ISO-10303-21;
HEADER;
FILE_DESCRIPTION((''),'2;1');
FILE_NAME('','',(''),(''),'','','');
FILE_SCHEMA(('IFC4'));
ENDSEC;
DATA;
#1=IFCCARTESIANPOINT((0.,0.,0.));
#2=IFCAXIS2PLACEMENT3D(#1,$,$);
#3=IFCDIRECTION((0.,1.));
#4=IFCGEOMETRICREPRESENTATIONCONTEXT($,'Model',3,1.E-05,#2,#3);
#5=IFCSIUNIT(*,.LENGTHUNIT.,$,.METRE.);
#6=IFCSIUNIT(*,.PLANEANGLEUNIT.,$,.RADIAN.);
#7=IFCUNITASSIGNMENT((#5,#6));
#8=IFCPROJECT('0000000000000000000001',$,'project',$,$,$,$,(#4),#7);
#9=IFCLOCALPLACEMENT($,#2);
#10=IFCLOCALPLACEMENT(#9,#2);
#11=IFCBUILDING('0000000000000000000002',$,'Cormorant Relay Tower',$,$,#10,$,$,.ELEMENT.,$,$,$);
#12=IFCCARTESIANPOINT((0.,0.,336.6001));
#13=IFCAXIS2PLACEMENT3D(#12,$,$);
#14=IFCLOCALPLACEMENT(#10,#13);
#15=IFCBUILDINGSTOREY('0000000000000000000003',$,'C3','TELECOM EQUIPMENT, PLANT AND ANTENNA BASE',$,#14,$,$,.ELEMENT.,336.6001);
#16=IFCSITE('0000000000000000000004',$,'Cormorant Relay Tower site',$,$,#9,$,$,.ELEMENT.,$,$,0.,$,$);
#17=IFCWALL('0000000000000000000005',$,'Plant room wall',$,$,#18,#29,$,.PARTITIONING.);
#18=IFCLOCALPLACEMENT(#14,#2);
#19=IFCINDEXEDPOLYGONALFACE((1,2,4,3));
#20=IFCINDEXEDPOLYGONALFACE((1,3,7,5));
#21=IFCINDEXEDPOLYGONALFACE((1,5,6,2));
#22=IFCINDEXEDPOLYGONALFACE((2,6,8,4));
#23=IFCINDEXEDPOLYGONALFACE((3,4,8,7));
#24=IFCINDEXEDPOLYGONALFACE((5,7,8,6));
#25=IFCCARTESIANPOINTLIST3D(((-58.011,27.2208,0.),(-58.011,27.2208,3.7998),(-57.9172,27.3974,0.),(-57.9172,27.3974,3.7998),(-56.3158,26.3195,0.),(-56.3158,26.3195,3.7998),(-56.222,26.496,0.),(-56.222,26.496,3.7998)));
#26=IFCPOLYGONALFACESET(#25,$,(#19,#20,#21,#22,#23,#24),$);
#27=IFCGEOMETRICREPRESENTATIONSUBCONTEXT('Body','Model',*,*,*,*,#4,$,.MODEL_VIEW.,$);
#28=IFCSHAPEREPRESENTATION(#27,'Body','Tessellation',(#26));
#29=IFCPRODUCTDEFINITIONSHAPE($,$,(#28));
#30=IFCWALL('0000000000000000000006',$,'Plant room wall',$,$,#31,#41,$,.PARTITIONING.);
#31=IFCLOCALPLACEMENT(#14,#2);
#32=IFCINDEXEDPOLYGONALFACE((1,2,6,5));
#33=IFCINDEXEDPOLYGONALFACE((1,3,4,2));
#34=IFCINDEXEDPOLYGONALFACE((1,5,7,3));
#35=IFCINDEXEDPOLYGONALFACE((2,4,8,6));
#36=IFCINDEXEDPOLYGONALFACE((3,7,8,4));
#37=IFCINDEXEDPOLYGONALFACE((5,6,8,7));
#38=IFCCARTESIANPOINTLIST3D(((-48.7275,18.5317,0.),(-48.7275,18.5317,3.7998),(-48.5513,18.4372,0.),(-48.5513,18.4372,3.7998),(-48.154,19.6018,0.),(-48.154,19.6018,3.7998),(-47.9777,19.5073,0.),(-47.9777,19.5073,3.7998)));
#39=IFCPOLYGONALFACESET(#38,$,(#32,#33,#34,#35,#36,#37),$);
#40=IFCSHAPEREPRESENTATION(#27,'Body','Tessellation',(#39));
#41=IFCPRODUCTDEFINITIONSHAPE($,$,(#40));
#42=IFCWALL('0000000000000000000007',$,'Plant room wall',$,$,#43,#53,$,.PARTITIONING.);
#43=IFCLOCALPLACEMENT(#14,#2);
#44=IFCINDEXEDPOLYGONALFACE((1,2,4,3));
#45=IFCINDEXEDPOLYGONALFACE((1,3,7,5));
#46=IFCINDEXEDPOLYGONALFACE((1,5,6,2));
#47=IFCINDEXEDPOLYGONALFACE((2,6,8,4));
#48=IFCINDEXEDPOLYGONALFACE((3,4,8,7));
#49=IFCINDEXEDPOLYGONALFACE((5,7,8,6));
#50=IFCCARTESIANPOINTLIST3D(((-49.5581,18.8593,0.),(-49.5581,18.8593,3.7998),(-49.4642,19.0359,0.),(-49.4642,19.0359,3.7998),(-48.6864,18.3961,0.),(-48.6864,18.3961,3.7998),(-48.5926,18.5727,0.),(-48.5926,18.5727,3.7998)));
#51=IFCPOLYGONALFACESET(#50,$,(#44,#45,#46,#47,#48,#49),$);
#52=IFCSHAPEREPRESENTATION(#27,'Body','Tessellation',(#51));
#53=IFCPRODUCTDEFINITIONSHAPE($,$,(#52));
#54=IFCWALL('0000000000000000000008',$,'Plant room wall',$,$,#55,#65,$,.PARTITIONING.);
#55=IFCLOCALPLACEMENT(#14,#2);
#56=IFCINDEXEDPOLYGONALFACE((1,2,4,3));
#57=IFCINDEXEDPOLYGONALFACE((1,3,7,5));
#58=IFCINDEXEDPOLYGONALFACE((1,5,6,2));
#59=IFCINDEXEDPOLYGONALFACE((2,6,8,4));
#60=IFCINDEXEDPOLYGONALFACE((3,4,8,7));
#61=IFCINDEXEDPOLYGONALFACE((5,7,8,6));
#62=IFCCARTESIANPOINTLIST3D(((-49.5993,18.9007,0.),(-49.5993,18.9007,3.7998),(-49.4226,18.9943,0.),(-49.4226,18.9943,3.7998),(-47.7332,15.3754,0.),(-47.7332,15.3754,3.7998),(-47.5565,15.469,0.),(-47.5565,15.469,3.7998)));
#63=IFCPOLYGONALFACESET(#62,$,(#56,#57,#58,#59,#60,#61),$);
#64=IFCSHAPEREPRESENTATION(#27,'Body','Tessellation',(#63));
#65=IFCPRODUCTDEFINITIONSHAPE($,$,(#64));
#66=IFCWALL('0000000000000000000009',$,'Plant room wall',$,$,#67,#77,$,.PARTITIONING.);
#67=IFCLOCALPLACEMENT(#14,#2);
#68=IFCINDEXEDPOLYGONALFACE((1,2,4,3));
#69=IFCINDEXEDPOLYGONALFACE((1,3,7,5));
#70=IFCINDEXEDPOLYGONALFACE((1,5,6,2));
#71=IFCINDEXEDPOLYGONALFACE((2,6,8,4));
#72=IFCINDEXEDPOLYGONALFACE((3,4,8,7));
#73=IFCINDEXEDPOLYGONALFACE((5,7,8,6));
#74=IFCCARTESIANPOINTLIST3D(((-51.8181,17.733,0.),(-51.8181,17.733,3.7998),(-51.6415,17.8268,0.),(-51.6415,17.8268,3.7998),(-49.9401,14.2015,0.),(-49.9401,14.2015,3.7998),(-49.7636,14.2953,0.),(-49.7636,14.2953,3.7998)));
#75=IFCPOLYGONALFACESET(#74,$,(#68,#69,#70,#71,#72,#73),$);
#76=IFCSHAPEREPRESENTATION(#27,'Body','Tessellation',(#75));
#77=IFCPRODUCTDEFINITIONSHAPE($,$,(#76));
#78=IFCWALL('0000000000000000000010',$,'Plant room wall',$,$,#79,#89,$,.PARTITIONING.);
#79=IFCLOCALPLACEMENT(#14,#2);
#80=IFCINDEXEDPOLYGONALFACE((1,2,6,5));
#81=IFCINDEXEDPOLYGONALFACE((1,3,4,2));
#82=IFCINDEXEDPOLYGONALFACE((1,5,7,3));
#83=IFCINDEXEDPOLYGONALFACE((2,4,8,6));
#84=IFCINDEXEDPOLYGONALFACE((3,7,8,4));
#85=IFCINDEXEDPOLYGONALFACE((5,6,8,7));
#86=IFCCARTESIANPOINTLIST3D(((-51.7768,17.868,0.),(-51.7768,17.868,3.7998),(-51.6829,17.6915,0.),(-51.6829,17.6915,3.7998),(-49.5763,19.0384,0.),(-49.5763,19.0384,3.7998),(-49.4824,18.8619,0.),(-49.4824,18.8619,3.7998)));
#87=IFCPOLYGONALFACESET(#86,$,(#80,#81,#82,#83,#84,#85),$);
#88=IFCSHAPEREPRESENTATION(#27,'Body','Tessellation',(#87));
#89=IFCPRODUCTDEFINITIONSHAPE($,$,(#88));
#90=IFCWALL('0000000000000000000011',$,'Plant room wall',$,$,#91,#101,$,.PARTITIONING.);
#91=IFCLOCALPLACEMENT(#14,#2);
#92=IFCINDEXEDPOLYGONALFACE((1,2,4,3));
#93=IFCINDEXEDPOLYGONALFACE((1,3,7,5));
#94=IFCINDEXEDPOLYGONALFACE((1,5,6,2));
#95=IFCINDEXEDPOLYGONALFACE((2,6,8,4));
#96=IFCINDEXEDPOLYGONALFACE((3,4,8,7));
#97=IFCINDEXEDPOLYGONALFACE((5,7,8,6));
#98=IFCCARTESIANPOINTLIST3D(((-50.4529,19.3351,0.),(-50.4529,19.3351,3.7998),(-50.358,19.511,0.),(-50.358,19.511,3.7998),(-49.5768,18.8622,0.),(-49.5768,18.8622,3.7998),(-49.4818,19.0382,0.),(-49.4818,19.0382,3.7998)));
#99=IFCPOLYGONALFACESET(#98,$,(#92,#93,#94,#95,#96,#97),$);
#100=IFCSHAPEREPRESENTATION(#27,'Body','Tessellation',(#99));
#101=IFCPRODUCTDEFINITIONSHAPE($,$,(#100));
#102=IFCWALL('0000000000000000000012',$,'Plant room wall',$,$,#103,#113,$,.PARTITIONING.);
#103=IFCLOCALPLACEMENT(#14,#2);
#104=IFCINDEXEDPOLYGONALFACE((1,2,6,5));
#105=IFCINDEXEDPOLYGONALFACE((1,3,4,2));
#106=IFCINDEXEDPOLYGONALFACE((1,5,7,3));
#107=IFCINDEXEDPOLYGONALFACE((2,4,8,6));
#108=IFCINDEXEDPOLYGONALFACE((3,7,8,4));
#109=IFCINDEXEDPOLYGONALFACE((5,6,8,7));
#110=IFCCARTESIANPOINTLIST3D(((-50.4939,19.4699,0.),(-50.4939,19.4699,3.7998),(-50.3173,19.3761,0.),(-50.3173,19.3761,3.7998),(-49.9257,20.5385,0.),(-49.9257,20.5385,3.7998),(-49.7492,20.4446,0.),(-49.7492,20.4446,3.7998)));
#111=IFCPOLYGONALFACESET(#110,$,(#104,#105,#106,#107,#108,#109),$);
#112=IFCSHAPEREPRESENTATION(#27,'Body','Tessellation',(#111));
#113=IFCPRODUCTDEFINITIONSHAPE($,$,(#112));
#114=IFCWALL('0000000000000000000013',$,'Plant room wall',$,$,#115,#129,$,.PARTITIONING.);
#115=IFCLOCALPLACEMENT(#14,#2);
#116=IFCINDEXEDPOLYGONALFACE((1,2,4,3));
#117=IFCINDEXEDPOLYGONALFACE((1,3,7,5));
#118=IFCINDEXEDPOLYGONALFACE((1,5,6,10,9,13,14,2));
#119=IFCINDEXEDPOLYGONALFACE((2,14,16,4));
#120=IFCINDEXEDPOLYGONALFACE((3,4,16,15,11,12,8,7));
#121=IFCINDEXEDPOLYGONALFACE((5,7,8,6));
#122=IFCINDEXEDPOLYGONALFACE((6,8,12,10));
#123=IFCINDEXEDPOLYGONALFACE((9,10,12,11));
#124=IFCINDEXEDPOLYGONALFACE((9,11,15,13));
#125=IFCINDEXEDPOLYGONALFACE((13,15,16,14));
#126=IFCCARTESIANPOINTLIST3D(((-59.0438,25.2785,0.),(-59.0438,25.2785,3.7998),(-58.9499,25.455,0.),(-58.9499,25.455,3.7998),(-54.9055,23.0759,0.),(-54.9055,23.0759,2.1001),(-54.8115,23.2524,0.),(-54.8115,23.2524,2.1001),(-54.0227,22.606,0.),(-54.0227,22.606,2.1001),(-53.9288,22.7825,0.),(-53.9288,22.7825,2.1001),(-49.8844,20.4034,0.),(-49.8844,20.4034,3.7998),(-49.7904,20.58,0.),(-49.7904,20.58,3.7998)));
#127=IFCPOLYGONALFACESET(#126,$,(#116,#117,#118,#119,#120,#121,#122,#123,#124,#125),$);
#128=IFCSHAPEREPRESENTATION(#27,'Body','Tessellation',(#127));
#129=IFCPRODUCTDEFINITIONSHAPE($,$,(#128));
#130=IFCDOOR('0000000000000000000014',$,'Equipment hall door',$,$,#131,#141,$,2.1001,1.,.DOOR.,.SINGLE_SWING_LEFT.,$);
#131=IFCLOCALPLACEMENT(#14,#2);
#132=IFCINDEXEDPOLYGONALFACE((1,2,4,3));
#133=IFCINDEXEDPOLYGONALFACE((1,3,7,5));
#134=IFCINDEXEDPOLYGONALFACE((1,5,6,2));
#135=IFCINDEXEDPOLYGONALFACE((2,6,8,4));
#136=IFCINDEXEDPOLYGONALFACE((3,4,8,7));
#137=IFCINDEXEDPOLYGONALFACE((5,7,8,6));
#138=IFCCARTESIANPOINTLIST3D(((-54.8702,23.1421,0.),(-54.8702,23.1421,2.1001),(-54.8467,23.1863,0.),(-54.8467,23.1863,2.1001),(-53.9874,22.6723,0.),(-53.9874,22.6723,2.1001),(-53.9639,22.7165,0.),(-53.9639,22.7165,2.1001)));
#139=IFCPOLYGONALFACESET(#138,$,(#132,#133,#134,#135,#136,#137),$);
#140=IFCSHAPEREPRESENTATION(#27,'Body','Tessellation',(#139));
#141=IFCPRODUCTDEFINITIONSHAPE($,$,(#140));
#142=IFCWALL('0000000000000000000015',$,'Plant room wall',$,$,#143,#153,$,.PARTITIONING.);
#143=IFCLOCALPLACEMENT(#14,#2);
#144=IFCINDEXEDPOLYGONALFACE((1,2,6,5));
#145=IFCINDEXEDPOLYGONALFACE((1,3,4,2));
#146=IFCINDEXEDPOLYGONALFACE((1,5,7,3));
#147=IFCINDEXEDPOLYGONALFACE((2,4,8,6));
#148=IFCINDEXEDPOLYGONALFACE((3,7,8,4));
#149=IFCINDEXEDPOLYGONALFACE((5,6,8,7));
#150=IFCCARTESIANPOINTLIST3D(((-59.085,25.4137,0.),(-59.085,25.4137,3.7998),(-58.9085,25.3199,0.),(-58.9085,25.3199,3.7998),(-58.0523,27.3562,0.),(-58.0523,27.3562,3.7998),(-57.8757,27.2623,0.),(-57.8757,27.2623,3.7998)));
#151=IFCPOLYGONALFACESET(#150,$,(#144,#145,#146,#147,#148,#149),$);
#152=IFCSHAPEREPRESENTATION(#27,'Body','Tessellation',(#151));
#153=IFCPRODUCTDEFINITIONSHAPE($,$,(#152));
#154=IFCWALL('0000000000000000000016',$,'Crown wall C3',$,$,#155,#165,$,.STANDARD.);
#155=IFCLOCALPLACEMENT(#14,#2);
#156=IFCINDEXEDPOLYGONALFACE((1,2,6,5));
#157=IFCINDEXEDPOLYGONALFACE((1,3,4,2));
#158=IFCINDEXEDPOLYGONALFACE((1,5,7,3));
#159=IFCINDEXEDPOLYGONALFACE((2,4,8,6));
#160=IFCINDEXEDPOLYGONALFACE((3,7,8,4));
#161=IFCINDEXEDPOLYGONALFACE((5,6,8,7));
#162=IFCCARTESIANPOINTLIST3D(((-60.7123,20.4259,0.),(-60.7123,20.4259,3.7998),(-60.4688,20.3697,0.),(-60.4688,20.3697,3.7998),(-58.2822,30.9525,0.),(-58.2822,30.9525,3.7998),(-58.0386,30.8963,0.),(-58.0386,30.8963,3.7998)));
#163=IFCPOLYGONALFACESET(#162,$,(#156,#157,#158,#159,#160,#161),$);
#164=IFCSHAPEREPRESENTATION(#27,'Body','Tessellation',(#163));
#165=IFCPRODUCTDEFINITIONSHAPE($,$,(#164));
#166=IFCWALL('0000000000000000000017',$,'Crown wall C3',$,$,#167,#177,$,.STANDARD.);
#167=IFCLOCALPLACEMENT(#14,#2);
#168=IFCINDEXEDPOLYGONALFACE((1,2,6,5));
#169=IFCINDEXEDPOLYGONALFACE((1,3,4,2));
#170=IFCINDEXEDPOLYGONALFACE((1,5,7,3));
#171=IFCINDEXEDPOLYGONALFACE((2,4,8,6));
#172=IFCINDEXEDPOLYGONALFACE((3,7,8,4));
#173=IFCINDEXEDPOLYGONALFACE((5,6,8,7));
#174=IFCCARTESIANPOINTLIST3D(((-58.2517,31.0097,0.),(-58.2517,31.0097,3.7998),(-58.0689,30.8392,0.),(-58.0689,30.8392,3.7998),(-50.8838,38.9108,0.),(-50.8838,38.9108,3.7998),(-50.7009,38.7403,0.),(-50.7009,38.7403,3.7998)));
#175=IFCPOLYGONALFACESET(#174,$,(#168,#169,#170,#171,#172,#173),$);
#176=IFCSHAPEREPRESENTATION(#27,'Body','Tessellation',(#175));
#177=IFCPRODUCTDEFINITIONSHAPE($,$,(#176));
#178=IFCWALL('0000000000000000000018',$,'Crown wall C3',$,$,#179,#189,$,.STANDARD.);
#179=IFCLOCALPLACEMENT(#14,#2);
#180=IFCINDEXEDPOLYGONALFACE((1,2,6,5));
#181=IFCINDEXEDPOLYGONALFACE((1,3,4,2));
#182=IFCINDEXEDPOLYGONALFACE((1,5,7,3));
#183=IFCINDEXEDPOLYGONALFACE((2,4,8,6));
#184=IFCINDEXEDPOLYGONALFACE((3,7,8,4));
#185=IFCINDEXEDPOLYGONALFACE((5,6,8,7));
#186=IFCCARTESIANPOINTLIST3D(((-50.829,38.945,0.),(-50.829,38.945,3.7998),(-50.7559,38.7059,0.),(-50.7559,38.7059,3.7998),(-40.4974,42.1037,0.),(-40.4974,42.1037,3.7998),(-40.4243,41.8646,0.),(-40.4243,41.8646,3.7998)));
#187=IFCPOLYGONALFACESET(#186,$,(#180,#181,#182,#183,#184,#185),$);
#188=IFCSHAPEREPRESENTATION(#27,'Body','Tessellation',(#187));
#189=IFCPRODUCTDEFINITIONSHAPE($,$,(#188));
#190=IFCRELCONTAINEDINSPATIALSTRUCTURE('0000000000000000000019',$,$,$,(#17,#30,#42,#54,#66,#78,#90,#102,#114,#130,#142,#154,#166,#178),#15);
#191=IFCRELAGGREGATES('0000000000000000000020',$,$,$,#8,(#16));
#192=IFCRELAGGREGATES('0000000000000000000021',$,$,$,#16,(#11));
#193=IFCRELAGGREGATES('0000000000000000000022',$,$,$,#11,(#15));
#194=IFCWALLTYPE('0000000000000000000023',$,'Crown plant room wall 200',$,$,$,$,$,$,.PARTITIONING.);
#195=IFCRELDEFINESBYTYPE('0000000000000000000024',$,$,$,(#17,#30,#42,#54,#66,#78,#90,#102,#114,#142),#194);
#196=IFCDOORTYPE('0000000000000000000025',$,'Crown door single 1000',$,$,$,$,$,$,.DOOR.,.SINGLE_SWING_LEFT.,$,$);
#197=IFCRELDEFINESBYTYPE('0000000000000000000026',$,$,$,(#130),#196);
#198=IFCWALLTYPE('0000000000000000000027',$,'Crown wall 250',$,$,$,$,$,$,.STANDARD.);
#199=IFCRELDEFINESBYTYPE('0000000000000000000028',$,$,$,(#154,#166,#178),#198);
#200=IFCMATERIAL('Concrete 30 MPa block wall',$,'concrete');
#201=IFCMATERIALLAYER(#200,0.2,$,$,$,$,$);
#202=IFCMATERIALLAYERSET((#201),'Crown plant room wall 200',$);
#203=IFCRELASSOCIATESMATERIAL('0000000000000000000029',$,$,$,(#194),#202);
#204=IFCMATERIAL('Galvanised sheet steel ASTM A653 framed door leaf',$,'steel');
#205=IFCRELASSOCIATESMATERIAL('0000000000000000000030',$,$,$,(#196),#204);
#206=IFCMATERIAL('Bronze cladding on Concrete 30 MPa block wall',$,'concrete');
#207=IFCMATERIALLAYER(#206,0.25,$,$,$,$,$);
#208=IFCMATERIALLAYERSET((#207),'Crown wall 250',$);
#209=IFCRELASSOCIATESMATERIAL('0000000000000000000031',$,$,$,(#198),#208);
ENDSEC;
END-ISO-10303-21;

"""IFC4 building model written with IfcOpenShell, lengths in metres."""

from ifc_helpers import new_model, si_unit, direction, frame, frame_2d, origin, place, context, subcontext, project, spatial, rectangle, extrude, material, layer, layer_set, type_object, element, fill, save


model = new_model("IFC4")

# Units and contexts
model_context = context("Model", 3, precision=1e-05, world=origin(), true_north=direction((0.0, 1.0)))
body_context = subcontext(model_context, "Body", "Model", "MODEL_VIEW")
ifc_project = project(units=[si_unit("LENGTHUNIT", "METRE"), si_unit("PLANEANGLEUNIT", "RADIAN")], contexts=[model_context])

# Site, building, storey
site_placement = place(None, origin())
site = spatial("IfcSite", under=ifc_project, at=site_placement, Name="Cormorant Relay Tower site", CompositionType="ELEMENT", RefElevation=0.0)
building_placement = place(site_placement, origin())
building = spatial("IfcBuilding", under=site, at=building_placement, Name="Cormorant Relay Tower", CompositionType="ELEMENT")
storey_placement = place(building_placement, frame((0.0, 0.0, 336.6001)))
storey = spatial("IfcBuildingStorey", under=building, at=storey_placement, Name="C3", Description="TELECOM EQUIPMENT, PLANT AND ANTENNA BASE", CompositionType="ELEMENT", Elevation=336.6001)

# Walls
ifc_material_1 = material(Name="Concrete 30 MPa block wall", Category="concrete")
ifc_layer_1 = layer(ifc_material_1, 0.2)
ifc_layer_set_1 = layer_set([ifc_layer_1], Name="Crown plant room wall 200")
wall_type_1 = type_object("IfcWallType", Name="Crown plant room wall 200", PredefinedType="PARTITIONING", material=ifc_layer_set_1)
wall_1_placement = place(storey_placement, frame((-57.9641, 27.3091, 0.0), z_axis=(0.0, 0.0, 1.0), x_axis=(0.882958, -0.469453, 0.0)))
element("IfcWall", 1, at=wall_1_placement, inside=storey, type_object=wall_type_1, Name="Plant room wall", PredefinedType="PARTITIONING", context=body_context, shape_type="SweptSolid", body=[
    extrude(rectangle(XDim=1.9199, YDim=0.2, at=frame_2d((0.96, 0.0))), origin(), (0.0, 0.0, 1.0), 3.7998),
])
wall_2_placement = place(storey_placement, frame((-48.0659, 19.5544, 0.0), z_axis=(0.0, 0.0, 1.0), x_axis=(-0.472372, -0.881399, 0.0)))
element("IfcWall", 2, at=wall_2_placement, inside=storey, type_object=wall_type_1, Name="Plant room wall", PredefinedType="PARTITIONING", context=body_context, shape_type="SweptSolid", body=[
    extrude(rectangle(XDim=1.2141, YDim=0.2, at=frame_2d((0.6069, 0.0))), origin(), (0.0, 0.0, 1.0), 3.7998),
])
wall_3_placement = place(storey_placement, frame((-48.6394, 18.4844, 0.0), z_axis=(0.0, 0.0, 1.0), x_axis=(-0.883071, 0.46924, 0.0)))
element("IfcWall", 3, at=wall_3_placement, inside=storey, type_object=wall_type_1, Name="Plant room wall", PredefinedType="PARTITIONING", context=body_context, shape_type="SweptSolid", body=[
    extrude(rectangle(XDim=0.9871, YDim=0.2, at=frame_2d((0.4937, 0.0))), origin(), (0.0, 0.0, 1.0), 3.7998),
])
wall_4_placement = place(storey_placement, frame((-49.511, 18.9475, 0.0), z_axis=(0.0, 0.0, 1.0), x_axis=(0.467854, -0.883806, 0.0)))
element("IfcWall", 4, at=wall_4_placement, inside=storey, type_object=wall_type_1, Name="Plant room wall", PredefinedType="PARTITIONING", context=body_context, shape_type="SweptSolid", body=[
    extrude(rectangle(XDim=3.9888, YDim=0.2, at=frame_2d((1.9944, 0.0))), origin(), (0.0, 0.0, 1.0), 3.7998),
])
wall_5_placement = place(storey_placement, frame((-49.8518, 14.2483, 0.0), z_axis=(0.0, 0.0, 1.0), x_axis=(-0.469511, 0.882927, 0.0)))
element("IfcWall", 5, at=wall_5_placement, inside=storey, type_object=wall_type_1, Name="Plant room wall", PredefinedType="PARTITIONING", context=body_context, shape_type="SweptSolid", body=[
    extrude(rectangle(XDim=3.9998, YDim=0.2, at=frame_2d((2.0, 0.0))), origin(), (0.0, 0.0, 1.0), 3.7998),
])
wall_6_placement = place(storey_placement, frame((-51.7297, 17.7798, 0.0), z_axis=(0.0, 0.0, 1.0), x_axis=(0.882878, 0.469602, 0.0)))
element("IfcWall", 6, at=wall_6_placement, inside=storey, type_object=wall_type_1, Name="Plant room wall", PredefinedType="PARTITIONING", context=body_context, shape_type="SweptSolid", body=[
    extrude(rectangle(XDim=2.4924, YDim=0.2, at=frame_2d((1.2461, 0.0))), origin(), (0.0, 0.0, 1.0), 3.7998),
])
wall_7_placement = place(storey_placement, frame((-49.5293, 18.9502, 0.0), z_axis=(0.0, 0.0, 1.0), x_axis=(-0.880014, 0.474948, 0.0)))
element("IfcWall", 7, at=wall_7_placement, inside=storey, type_object=wall_type_1, Name="Plant room wall", PredefinedType="PARTITIONING", context=body_context, shape_type="SweptSolid", body=[
    extrude(rectangle(XDim=0.9956, YDim=0.2, at=frame_2d((0.4978, 0.0))), origin(), (0.0, 0.0, 1.0), 3.7998),
])
wall_8_placement = place(storey_placement, frame((-50.4055, 19.4231, 0.0), z_axis=(0.0, 0.0, 1.0), x_axis=(0.469426, 0.882972, 0.0)))
element("IfcWall", 8, at=wall_8_placement, inside=storey, type_object=wall_type_1, Name="Plant room wall", PredefinedType="PARTITIONING", context=body_context, shape_type="SweptSolid", body=[
    extrude(rectangle(XDim=1.2102, YDim=0.2, at=frame_2d((0.605, 0.0))), origin(), (0.0, 0.0, 1.0), 3.7998),
])

# Wall, opening, door
wall_9_placement = place(storey_placement, frame((-49.8374, 20.4917, 0.0), z_axis=(0.0, 0.0, 1.0), x_axis=(-0.882754, 0.469836, 0.0)))
wall_9 = element("IfcWall", 9, at=wall_9_placement, inside=storey, type_object=wall_type_1, Name="Plant room wall", PredefinedType="PARTITIONING", context=body_context, shape_type="SweptSolid", body=[
    extrude(rectangle(XDim=10.376, YDim=0.2, at=frame_2d((5.188, 0.0))), origin(), (0.0, 0.0, 1.0), 3.7998),
])
opening_placement = place(wall_9_placement, frame((4.688, 0.0, 0.0)))
opening = element("IfcOpeningElement", 10, at=opening_placement, cuts=wall_9, PredefinedType="OPENING", context=body_context, shape_type="SweptSolid", body=[
    extrude(rectangle(XDim=1.0, YDim=2.1001, at=frame_2d((0.5, 1.05))), frame((0.0, 0.1099, 0.0), z_axis=(0.0, -1.0, 0.0), x_axis=(1.0, 0.0, 0.0)), (0.0, 0.0, 1.0), 0.22),
])
ifc_material_2 = material(Name="Galvanised sheet steel ASTM A653 framed door leaf", Category="steel")
door_type = type_object("IfcDoorType", Name="Crown door single 1000", OperationType="SINGLE_SWING_LEFT", PredefinedType="DOOR", material=ifc_material_2)
door_placement = place(opening_placement, origin())
door = element("IfcDoor", 11, at=door_placement, inside=storey, type_object=door_type, Name="Equipment hall door", OperationType="SINGLE_SWING_LEFT", OverallHeight=2.1001, OverallWidth=1.0, PredefinedType="DOOR", context=body_context, shape_type="SweptSolid", body=[
    extrude(rectangle(XDim=1.0, YDim=2.1001, at=frame_2d((0.5, 1.05))), frame((0.0, 0.0249, 0.0), z_axis=(0.0, -1.0, 0.0), x_axis=(1.0, 0.0, 0.0)), (0.0, 0.0, 1.0), 0.05),
])
fill(opening, door)

# Walls
wall_10_placement = place(storey_placement, frame((-58.9968, 25.3667, 0.0), z_axis=(0.0, 0.0, 1.0), x_axis=(0.469447, 0.88296, 0.0)))
element("IfcWall", 12, at=wall_10_placement, inside=storey, type_object=wall_type_1, Name="Plant room wall", PredefinedType="PARTITIONING", context=body_context, shape_type="SweptSolid", body=[
    extrude(rectangle(XDim=2.2, YDim=0.2, at=frame_2d((1.1001, 0.0))), origin(), (0.0, 0.0, 1.0), 3.7998),
])
ifc_material_3 = material(Name="Bronze cladding on Concrete 30 MPa block wall", Category="concrete")
ifc_layer_2 = layer(ifc_material_3, 0.25)
ifc_layer_set_2 = layer_set([ifc_layer_2], Name="Crown wall 250")
wall_type_2 = type_object("IfcWallType", Name="Crown wall 250", PredefinedType="STANDARD", material=ifc_layer_set_2)
for number, where, z_axis, x_axis, name in (
    (13, (-60.5906, 20.3977, 0.0), (0.0, 0.0, 1.0), (0.224944, 0.974372, 0.0), "Crown wall C3"),
    (14, (-58.1604, 30.9243, 0.0), (0.0, 0.0, 1.0), (0.681999, 0.731354, 0.0), "Crown wall C3"),
):
    element("IfcWall", number, at=place(storey_placement, frame(where, z_axis=z_axis, x_axis=x_axis)), inside=storey, type_object=wall_type_2, Name=name, PredefinedType="STANDARD", context=body_context, shape_type="SweptSolid", body=[
        extrude(rectangle(XDim=10.8035, YDim=0.25, at=frame_2d((5.4019, 0.0))), origin(), (0.0, 0.0, 1.0), 3.7998),
    ])
wall_11_placement = place(storey_placement, frame((-50.7925, 38.8254, 0.0), z_axis=(0.0, 0.0, 1.0), x_axis=(0.956304, 0.292374, 0.0)))
element("IfcWall", 15, at=wall_11_placement, inside=storey, type_object=wall_type_2, Name="Crown wall C3", PredefinedType="STANDARD", context=body_context, shape_type="SweptSolid", body=[
    extrude(rectangle(XDim=10.8037, YDim=0.25, at=frame_2d((5.4019, 0.0))), origin(), (0.0, 0.0, 1.0), 3.7998),
])

save(model, "model.ifc")
